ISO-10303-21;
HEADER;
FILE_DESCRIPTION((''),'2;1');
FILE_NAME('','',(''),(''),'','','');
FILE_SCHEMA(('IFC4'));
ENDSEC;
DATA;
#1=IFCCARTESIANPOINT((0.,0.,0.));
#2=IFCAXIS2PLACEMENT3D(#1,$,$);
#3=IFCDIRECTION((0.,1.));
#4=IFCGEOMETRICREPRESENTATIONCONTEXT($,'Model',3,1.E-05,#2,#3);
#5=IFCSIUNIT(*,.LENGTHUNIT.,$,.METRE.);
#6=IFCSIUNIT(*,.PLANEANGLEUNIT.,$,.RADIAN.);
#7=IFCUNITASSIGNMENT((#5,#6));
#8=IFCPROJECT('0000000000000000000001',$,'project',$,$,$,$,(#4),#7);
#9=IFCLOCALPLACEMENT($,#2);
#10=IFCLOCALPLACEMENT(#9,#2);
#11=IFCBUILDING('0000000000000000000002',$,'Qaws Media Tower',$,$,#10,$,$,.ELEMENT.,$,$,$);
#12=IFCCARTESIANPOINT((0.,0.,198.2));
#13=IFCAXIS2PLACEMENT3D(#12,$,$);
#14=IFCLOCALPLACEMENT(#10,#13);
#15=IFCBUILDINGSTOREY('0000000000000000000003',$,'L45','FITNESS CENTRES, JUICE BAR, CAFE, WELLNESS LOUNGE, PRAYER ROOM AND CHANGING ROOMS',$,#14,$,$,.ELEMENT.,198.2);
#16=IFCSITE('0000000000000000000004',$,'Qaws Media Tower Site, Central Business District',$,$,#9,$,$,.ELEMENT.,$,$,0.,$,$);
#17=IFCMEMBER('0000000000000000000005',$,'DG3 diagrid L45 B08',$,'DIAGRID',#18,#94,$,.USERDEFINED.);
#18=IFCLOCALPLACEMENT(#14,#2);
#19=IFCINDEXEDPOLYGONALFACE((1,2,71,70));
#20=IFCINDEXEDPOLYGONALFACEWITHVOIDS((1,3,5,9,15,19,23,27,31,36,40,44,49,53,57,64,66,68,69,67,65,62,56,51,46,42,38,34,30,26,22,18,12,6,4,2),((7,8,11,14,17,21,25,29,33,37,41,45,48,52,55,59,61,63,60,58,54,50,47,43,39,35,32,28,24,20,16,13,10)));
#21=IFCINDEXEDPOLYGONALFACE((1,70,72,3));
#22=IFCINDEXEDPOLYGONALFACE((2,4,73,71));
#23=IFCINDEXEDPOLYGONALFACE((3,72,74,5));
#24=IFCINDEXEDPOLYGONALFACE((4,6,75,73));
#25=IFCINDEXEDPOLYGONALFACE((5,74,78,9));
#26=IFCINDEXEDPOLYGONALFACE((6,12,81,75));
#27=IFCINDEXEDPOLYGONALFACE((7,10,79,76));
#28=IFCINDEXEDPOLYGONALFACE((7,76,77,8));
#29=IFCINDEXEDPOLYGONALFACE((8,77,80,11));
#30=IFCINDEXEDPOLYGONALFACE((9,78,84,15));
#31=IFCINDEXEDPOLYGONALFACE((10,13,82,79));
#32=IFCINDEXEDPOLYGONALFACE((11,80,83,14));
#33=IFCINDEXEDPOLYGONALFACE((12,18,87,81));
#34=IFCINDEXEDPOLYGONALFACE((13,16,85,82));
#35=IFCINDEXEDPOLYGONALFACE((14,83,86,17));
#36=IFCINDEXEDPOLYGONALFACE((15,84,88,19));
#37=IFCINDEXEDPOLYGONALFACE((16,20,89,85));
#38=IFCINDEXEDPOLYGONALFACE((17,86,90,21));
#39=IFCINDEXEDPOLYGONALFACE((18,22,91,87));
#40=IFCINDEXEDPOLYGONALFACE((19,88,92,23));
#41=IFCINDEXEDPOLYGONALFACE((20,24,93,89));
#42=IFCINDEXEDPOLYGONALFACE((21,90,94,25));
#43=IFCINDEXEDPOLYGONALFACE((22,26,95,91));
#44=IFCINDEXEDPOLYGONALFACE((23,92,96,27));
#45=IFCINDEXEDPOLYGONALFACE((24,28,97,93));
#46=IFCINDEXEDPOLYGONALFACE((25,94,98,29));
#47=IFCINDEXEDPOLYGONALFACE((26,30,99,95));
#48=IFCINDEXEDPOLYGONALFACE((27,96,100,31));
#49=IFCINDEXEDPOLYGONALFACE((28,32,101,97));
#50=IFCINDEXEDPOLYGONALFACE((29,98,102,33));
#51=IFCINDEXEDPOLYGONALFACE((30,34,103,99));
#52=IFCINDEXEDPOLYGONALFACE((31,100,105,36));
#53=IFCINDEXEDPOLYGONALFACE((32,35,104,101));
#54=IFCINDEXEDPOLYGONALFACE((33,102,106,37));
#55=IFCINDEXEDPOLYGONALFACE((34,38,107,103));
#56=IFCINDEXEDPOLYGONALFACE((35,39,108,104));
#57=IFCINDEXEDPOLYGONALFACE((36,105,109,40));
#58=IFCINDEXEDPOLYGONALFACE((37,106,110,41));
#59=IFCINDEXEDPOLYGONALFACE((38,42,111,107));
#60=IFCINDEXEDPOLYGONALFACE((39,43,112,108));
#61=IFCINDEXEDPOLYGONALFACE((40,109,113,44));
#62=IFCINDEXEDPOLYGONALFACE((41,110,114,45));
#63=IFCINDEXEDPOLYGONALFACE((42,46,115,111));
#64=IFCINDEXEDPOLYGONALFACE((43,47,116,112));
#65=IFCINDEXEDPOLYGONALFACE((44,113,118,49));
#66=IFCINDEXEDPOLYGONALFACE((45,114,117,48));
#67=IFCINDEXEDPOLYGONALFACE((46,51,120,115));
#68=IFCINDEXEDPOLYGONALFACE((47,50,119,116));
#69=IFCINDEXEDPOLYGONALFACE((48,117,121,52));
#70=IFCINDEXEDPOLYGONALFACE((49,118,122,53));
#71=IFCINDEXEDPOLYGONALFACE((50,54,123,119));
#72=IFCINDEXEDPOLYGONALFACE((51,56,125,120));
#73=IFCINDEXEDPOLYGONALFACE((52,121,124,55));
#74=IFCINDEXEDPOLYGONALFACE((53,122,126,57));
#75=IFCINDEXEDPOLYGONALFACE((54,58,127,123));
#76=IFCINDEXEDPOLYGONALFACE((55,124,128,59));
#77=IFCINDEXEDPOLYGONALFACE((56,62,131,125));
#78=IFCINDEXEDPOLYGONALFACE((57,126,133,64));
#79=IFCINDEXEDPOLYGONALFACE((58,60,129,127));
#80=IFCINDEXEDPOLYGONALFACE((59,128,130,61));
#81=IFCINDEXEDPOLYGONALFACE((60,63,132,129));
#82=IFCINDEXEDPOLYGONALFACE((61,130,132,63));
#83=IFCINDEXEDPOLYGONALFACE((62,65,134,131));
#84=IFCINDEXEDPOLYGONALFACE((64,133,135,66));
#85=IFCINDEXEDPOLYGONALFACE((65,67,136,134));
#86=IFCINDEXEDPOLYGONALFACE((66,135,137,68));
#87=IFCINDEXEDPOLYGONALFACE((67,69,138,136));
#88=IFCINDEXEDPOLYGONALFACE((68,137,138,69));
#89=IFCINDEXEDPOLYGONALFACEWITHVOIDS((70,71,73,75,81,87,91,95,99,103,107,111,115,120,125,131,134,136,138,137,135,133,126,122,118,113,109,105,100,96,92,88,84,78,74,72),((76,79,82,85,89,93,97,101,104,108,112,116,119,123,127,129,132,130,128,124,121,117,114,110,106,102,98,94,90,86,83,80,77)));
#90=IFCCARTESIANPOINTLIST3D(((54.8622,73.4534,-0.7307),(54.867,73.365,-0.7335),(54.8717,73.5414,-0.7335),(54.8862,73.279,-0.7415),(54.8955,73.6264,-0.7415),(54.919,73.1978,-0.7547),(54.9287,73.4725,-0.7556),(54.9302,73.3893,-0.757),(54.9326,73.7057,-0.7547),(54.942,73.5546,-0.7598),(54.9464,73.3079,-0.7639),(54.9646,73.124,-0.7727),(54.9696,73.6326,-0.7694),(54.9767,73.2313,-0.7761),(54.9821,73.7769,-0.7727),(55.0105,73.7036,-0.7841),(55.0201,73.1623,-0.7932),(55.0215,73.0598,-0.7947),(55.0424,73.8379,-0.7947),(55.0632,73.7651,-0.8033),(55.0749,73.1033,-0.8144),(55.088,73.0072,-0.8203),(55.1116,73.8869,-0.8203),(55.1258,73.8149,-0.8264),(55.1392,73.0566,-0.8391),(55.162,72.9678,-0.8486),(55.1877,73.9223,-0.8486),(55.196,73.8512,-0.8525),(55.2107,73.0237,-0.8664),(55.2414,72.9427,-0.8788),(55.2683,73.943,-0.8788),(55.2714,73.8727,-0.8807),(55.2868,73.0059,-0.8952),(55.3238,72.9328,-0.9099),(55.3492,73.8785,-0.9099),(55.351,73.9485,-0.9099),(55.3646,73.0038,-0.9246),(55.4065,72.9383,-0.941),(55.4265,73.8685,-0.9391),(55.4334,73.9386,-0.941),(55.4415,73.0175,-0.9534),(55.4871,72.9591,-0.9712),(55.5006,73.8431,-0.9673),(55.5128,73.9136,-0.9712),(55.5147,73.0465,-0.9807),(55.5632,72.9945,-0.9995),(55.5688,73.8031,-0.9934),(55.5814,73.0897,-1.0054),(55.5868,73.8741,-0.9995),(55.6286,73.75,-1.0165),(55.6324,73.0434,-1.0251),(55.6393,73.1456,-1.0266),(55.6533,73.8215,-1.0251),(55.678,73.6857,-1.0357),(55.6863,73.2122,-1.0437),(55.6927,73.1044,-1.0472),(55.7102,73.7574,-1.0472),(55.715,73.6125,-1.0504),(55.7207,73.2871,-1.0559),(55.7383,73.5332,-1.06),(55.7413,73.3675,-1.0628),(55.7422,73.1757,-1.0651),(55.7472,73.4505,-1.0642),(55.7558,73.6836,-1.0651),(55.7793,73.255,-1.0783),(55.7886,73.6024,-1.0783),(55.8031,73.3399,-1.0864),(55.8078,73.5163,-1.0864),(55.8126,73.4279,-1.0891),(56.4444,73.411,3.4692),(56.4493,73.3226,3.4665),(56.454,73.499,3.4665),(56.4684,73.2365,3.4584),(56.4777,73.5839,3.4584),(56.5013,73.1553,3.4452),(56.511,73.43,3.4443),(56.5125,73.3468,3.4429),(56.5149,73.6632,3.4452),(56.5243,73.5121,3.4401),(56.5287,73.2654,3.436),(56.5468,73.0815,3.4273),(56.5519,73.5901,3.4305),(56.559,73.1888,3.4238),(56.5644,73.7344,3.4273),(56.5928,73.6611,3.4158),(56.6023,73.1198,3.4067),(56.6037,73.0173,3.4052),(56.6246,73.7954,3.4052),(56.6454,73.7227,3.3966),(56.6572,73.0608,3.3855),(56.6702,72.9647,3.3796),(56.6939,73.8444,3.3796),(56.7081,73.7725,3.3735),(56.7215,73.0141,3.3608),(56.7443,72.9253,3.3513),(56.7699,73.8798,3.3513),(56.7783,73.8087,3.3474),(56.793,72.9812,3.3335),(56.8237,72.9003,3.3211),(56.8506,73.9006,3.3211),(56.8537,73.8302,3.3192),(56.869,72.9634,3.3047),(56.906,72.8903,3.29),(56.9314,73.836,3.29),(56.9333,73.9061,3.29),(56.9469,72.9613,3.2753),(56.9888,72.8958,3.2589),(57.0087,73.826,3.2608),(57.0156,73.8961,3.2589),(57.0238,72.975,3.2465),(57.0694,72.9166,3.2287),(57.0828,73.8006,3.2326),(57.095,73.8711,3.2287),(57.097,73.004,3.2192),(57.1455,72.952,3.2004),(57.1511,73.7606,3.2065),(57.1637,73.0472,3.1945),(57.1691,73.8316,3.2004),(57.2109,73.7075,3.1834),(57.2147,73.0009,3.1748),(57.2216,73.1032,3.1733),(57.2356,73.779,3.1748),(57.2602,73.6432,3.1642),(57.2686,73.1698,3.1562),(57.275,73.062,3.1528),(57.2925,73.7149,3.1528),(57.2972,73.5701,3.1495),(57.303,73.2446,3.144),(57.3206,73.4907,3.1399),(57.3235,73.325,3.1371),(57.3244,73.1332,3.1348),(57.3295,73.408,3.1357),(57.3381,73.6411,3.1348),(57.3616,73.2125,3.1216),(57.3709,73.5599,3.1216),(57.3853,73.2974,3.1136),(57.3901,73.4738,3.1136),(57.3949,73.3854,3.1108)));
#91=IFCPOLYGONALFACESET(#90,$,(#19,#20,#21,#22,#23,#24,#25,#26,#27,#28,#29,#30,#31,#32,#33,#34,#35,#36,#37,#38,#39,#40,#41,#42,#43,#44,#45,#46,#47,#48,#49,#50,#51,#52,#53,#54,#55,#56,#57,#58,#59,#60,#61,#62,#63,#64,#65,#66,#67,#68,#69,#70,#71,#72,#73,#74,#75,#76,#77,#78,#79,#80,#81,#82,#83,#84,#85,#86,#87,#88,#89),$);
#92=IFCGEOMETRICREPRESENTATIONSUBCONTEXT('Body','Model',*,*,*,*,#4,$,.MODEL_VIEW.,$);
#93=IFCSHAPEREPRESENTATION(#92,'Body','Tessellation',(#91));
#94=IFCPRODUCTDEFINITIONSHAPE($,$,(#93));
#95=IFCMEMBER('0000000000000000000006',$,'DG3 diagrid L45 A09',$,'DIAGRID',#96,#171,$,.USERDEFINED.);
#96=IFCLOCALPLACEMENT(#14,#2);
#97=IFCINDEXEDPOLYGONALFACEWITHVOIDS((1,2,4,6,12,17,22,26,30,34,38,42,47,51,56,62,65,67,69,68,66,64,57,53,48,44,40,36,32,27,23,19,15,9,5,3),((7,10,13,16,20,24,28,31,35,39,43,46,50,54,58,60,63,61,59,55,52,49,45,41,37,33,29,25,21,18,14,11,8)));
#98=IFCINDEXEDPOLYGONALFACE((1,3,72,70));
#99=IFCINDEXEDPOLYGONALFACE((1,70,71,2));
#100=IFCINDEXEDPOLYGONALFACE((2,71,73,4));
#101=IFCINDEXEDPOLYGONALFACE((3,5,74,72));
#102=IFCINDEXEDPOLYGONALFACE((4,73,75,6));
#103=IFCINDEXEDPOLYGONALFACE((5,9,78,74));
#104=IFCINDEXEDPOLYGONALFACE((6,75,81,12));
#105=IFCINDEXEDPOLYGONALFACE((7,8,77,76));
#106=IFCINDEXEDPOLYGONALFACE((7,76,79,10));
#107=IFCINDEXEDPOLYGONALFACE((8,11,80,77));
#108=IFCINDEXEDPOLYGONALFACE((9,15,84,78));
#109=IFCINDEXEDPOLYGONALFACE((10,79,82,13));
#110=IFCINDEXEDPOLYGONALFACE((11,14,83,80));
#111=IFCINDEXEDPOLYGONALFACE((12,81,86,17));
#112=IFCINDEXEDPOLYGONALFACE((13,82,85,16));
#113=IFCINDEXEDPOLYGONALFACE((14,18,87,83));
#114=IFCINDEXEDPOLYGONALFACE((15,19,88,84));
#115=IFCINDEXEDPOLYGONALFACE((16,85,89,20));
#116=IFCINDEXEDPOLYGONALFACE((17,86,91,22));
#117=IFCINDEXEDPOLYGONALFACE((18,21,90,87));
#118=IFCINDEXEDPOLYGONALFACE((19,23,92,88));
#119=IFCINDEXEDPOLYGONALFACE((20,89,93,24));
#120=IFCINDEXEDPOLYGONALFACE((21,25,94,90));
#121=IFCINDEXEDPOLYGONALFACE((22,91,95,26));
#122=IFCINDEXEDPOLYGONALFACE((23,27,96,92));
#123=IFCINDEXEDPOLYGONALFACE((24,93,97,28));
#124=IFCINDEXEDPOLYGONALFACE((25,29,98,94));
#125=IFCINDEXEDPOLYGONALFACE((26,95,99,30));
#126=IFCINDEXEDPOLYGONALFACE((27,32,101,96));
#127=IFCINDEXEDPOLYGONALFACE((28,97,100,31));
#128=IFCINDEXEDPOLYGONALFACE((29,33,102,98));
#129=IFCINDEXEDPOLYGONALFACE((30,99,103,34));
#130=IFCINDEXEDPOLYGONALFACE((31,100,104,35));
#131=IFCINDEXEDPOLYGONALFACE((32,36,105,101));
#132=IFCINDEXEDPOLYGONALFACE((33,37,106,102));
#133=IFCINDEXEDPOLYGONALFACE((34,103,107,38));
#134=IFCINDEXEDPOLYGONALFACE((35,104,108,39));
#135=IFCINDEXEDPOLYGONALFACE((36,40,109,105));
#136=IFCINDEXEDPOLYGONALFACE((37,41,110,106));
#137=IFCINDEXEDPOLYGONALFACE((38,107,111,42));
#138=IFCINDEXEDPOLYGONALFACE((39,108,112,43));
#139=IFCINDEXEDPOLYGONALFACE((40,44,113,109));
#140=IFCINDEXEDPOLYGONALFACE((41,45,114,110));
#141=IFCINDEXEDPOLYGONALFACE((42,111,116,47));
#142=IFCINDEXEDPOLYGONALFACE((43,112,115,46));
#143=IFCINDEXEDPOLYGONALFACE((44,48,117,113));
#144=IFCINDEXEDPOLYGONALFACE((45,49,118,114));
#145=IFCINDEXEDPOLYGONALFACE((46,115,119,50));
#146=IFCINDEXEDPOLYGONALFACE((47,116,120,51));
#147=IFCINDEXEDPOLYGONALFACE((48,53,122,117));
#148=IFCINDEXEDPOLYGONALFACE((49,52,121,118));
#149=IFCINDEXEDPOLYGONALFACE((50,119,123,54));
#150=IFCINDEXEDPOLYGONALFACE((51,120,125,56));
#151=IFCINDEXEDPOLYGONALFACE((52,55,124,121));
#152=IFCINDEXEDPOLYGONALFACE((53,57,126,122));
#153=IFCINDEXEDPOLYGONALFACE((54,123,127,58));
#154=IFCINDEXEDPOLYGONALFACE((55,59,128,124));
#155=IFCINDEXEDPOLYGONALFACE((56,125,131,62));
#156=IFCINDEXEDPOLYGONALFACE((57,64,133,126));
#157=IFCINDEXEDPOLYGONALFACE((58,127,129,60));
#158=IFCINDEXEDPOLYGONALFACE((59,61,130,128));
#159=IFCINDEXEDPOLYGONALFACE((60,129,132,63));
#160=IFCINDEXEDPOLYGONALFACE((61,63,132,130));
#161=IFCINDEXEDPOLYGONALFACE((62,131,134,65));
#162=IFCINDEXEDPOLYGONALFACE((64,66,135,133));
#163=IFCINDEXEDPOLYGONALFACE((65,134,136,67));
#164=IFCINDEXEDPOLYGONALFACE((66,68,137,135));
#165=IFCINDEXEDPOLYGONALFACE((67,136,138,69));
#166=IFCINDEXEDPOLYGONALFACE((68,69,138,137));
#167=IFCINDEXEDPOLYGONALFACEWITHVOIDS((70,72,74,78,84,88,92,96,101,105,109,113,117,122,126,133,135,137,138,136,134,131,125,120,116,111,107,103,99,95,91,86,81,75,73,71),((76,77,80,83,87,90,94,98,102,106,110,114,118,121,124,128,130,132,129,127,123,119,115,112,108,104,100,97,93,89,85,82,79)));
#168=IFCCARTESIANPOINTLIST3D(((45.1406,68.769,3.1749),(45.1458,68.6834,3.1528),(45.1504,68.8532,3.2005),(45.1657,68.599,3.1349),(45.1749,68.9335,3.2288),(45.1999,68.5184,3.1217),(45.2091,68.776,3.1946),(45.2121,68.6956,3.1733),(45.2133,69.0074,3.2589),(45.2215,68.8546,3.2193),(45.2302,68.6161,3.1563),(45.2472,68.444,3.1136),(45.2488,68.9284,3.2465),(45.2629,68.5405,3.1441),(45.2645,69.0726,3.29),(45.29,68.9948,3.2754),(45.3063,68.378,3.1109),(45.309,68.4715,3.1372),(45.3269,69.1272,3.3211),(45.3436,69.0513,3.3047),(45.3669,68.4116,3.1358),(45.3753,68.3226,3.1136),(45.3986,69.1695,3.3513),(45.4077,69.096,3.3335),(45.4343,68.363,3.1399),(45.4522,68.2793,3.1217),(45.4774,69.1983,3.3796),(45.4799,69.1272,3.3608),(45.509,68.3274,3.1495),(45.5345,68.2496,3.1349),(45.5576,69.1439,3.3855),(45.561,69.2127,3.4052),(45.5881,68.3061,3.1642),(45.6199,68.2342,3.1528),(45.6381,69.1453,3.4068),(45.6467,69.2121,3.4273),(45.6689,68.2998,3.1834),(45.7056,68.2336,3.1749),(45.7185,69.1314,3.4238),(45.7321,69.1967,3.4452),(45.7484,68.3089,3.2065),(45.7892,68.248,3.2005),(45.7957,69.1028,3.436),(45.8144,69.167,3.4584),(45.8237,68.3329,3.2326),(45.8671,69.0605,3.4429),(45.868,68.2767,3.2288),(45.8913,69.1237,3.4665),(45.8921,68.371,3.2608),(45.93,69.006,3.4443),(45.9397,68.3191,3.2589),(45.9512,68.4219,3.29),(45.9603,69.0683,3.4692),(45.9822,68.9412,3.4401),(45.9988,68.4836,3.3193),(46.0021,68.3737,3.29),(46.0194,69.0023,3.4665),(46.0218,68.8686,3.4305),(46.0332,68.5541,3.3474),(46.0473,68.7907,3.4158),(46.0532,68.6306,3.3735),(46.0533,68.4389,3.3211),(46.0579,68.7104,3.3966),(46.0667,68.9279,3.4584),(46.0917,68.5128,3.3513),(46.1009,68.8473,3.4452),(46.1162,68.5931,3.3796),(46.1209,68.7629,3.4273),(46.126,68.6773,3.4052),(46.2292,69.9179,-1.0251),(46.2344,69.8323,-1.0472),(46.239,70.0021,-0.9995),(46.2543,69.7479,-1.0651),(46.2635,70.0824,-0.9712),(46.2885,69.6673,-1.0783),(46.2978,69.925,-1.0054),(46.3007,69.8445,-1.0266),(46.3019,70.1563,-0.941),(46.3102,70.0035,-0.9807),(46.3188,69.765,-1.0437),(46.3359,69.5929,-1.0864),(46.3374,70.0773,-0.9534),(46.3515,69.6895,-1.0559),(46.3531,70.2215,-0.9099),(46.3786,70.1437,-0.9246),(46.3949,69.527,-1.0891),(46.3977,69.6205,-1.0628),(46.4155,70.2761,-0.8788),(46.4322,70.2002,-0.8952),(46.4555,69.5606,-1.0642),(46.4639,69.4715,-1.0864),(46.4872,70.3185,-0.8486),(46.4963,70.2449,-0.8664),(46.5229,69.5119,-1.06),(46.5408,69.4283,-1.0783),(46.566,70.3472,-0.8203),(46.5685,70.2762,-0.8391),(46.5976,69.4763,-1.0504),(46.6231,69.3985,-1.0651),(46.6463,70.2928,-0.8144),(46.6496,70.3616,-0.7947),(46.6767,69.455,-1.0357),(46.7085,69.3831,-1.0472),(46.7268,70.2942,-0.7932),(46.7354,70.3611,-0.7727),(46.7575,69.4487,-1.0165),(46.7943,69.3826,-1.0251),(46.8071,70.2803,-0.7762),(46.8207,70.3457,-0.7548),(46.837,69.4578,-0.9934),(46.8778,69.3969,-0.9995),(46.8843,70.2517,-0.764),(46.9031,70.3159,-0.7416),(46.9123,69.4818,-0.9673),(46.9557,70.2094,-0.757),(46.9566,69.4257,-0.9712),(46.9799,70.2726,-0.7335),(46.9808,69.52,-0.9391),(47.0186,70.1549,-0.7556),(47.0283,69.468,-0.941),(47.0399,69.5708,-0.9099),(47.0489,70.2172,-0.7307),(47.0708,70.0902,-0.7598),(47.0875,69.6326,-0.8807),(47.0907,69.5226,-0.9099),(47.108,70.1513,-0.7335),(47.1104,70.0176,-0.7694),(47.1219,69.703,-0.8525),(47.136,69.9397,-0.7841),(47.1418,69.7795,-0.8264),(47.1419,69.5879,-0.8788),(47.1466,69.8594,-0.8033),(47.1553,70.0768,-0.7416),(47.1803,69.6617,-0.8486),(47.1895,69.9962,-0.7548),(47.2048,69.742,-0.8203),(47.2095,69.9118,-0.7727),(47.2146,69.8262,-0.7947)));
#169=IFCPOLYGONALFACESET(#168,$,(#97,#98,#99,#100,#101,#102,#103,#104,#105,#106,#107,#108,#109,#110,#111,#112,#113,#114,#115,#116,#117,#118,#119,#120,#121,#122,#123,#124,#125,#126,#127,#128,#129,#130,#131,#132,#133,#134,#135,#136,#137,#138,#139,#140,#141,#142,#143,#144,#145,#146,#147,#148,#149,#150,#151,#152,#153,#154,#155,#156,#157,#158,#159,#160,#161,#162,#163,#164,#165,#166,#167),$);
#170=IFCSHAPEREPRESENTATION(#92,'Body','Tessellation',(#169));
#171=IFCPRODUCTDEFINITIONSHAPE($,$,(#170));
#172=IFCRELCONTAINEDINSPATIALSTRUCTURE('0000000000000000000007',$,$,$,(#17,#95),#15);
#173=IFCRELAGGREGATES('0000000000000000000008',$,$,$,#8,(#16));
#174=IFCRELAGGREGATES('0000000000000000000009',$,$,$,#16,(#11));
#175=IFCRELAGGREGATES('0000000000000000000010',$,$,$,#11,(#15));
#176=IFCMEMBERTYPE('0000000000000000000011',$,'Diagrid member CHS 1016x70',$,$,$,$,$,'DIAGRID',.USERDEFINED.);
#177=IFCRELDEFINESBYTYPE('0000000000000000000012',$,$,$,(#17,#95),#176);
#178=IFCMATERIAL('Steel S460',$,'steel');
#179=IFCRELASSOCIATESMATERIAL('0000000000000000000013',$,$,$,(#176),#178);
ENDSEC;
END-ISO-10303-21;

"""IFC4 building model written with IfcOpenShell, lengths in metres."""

from ifc_helpers import new_model, si_unit, direction, frame, origin, origin_2d, place, context, subcontext, project, spatial, hollow_circle, extrude, material, material_profile, profile_set, type_object, element, save


model = new_model("IFC4")

# Units and contexts
model_context = context("Model", 3, precision=1e-05, world=origin(), true_north=direction((0.0, 1.0)))
body_context = subcontext(model_context, "Body", "Model", "MODEL_VIEW")
ifc_project = project(units=[si_unit("LENGTHUNIT", "METRE"), si_unit("PLANEANGLEUNIT", "RADIAN")], contexts=[model_context])

# Site, building, storey
site_placement = place(None, origin())
site = spatial("IfcSite", under=ifc_project, at=site_placement, Name="Qaws Media Tower Site, Central Business District", CompositionType="ELEMENT", RefElevation=0.0)
building_placement = place(site_placement, origin())
building = spatial("IfcBuilding", under=site, at=building_placement, Name="Qaws Media Tower", CompositionType="ELEMENT")
storey_placement = place(building_placement, frame((0.0, 0.0, 198.2)))
storey = spatial("IfcBuildingStorey", under=building, at=storey_placement, Name="L45", Description="FITNESS CENTRES, JUICE BAR, CAFE, WELLNESS LOUNGE, PRAYER ROOM AND CHANGING ROOMS", CompositionType="ELEMENT", Elevation=198.2)

# Members
ifc_material_1 = material(Name="Steel S460", Category="steel")
ifc_material_profile_1 = material_profile(ifc_material_1, hollow_circle(Radius=0.5081, WallThickness=0.0701, at=origin_2d()), Name="CHS 1016x70")
ifc_profile_set_1 = profile_set([ifc_material_profile_1], Name="Steel S460")
member_type_1 = type_object("IfcMemberType", Name="Diagrid member CHS 1016x70", ElementType="DIAGRID", PredefinedType="USERDEFINED", material=ifc_profile_set_1)
for number, where, z_axis, x_axis, name in (
    (1, (55.3374, 73.4407, -0.9099), (0.352532, -0.009465, 0.935752), (0.026838, 0.99964, 0.0), "DG3 diagrid L45 B08"),
    (2, (46.7219, 69.8721, -0.9099), (-0.242548, -0.255983, 0.935758), (0.7259, -0.6878, 0.0), "DG3 diagrid L45 A09"),
):
    element("IfcMember", number, at=place(storey_placement, frame(where, z_axis=z_axis, x_axis=x_axis)), inside=storey, type_object=member_type_1, Name=name, ObjectType="DIAGRID", PredefinedType="USERDEFINED", context=body_context, shape_type="SweptSolid", body=[
        extrude(hollow_circle(Radius=0.5081, WallThickness=0.0701, at=origin_2d()), origin(), (0.0, 0.0, 1.0), 4.4883),
    ])

save(model, "model.ifc")
